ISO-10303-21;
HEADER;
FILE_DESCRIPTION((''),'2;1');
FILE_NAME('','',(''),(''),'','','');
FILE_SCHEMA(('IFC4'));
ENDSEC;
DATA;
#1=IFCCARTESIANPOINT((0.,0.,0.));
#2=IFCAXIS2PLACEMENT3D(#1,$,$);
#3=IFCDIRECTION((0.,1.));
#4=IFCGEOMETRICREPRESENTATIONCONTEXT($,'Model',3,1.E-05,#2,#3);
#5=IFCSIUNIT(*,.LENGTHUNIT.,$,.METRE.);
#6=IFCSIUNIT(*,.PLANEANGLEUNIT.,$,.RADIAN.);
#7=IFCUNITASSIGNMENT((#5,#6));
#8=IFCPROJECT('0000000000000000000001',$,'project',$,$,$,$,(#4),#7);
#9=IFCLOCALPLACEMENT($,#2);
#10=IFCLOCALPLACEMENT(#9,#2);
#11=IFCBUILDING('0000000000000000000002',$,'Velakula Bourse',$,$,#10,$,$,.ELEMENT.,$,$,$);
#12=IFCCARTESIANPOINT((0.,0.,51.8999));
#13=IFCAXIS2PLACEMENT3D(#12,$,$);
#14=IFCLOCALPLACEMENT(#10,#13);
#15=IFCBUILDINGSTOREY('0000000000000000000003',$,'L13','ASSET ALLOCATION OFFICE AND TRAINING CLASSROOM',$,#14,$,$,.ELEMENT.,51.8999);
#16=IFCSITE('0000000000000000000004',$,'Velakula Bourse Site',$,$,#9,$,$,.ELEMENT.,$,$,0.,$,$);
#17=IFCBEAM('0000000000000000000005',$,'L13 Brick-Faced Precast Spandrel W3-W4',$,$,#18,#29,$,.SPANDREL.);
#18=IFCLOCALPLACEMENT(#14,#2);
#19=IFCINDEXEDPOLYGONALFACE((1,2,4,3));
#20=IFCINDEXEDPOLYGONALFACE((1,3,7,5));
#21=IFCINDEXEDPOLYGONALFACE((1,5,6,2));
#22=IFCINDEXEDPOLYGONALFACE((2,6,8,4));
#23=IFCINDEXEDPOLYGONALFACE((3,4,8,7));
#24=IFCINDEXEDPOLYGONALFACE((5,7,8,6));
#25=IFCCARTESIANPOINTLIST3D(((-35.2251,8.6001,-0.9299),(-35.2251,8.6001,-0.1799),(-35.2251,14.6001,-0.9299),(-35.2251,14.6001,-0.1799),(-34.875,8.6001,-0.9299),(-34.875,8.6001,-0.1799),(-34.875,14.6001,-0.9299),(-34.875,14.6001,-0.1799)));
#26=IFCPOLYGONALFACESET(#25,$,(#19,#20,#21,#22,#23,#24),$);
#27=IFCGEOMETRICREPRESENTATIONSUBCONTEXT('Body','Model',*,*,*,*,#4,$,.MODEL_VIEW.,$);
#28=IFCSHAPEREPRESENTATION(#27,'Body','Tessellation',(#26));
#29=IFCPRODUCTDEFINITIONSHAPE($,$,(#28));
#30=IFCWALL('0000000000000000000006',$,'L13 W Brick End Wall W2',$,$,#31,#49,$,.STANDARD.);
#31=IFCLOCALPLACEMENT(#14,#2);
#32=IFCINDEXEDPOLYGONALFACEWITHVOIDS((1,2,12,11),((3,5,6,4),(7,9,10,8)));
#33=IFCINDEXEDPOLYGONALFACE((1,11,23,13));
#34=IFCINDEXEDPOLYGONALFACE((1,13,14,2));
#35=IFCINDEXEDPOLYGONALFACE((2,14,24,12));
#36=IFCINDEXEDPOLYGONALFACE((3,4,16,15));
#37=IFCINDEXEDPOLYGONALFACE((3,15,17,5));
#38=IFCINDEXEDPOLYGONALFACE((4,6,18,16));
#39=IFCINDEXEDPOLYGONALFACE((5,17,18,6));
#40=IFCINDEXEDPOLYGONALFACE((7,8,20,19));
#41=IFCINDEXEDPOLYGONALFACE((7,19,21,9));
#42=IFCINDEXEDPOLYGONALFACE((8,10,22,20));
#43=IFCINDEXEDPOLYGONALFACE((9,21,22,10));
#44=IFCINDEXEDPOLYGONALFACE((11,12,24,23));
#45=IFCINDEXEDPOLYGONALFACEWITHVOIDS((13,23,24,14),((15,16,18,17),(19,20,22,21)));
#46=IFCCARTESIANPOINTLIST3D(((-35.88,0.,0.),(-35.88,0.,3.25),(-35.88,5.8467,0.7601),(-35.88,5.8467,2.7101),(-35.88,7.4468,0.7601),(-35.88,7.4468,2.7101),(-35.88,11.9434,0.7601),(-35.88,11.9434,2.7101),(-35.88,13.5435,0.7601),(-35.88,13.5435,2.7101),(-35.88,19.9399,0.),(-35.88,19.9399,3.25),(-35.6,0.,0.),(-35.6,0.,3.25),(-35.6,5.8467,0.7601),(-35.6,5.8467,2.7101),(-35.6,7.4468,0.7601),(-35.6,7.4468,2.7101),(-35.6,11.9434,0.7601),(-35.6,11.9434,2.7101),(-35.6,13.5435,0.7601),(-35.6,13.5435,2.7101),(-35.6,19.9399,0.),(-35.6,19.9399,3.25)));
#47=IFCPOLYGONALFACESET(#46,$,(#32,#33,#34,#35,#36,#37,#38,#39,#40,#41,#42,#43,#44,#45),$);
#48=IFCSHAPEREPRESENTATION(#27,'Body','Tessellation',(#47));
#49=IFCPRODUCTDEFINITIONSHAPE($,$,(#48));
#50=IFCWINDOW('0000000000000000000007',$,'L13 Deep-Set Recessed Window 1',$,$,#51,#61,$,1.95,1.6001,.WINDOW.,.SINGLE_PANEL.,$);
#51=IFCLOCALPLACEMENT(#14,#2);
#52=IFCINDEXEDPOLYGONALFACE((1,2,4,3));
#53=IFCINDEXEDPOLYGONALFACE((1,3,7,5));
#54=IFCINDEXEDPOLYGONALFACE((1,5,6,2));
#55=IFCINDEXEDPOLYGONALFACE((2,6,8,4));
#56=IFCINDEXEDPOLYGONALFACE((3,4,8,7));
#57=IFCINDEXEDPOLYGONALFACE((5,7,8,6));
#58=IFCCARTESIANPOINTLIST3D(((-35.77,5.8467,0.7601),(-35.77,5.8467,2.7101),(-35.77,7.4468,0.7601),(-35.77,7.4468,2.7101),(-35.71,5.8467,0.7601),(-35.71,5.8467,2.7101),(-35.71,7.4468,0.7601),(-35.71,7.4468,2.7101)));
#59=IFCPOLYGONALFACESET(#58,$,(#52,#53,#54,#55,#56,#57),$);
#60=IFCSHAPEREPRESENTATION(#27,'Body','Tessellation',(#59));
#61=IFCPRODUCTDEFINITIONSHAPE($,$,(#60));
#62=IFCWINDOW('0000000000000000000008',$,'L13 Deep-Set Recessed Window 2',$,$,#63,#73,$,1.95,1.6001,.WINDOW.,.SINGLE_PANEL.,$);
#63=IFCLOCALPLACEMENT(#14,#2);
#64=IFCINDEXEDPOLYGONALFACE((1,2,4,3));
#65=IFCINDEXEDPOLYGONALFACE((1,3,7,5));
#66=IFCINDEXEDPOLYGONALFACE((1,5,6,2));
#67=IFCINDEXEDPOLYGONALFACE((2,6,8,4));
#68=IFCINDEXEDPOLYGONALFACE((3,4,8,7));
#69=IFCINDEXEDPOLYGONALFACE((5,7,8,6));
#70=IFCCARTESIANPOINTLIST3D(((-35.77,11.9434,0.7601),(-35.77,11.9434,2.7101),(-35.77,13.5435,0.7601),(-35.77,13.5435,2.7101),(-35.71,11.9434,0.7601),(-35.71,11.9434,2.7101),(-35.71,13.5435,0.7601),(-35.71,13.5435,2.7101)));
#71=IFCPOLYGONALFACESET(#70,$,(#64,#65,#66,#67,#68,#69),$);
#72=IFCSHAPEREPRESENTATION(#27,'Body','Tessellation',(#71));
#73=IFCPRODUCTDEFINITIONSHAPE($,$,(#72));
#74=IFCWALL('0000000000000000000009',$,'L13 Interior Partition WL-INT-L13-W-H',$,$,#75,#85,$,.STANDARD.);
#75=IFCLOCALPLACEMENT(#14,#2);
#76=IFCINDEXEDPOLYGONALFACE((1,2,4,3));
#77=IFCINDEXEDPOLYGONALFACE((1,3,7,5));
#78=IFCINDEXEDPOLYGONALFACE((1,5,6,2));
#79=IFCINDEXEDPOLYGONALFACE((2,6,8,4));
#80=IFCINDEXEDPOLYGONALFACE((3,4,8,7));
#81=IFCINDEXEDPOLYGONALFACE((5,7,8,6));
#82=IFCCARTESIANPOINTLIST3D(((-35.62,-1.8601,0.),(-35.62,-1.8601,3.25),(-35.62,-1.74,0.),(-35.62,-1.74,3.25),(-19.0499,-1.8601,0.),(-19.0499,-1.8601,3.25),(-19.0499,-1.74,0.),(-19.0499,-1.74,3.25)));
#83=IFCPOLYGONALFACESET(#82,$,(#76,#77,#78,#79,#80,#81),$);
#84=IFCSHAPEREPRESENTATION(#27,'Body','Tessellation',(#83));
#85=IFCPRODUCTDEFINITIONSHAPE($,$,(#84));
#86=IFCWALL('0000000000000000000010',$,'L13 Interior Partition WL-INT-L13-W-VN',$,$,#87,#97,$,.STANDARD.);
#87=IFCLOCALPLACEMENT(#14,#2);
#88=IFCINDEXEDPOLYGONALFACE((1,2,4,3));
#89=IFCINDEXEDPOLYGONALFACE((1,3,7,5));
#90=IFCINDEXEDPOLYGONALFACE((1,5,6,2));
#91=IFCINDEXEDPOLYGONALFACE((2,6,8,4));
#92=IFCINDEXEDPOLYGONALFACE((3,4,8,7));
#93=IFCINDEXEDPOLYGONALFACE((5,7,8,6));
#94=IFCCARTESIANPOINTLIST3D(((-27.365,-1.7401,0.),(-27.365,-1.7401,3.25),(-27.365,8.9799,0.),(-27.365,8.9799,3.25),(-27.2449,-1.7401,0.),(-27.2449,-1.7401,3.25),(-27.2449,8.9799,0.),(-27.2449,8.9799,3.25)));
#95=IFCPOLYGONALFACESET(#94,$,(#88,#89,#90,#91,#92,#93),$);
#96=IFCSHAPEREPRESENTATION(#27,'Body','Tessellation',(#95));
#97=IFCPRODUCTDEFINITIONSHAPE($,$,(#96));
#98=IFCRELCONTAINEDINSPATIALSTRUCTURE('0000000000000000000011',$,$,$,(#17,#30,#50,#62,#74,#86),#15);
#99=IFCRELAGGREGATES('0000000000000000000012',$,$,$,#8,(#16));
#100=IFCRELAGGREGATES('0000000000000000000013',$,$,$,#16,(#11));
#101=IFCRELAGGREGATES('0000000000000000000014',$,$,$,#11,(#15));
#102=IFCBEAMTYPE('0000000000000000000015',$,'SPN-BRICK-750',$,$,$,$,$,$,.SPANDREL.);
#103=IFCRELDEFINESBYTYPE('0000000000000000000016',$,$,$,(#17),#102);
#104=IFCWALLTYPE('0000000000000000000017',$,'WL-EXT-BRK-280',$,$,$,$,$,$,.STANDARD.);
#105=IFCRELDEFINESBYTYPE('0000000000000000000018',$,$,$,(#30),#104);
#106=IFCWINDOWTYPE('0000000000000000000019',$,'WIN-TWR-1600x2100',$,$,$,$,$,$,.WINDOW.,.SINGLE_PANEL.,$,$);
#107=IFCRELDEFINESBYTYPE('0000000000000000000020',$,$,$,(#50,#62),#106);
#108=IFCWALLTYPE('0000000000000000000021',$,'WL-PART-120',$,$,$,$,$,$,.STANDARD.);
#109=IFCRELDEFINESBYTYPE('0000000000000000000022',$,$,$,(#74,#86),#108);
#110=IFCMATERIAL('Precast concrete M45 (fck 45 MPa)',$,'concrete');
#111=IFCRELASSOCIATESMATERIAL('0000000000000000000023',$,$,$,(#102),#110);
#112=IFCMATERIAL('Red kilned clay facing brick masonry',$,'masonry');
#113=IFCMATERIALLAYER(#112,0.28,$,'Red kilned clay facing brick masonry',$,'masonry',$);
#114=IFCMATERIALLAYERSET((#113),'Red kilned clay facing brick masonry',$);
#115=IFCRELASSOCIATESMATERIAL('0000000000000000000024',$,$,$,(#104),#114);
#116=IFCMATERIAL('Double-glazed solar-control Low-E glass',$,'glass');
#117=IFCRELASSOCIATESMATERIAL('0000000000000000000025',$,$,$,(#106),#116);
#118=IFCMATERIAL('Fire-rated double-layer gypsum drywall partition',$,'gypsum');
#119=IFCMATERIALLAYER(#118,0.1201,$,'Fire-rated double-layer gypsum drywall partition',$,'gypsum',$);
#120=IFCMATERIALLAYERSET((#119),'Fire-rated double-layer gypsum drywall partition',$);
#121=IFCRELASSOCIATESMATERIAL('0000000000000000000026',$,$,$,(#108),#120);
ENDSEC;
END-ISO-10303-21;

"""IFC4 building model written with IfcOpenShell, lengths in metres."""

from ifc_helpers import new_model, si_unit, direction, frame, frame_2d, origin, origin_2d, place, context, subcontext, project, spatial, rectangle, extrude, material, layer, layer_set, material_profile, profile_set, type_object, element, fill, save


model = new_model("IFC4")

# Units and contexts
model_context = context("Model", 3, precision=1e-05, world=origin(), true_north=direction((0.0, 1.0)))
body_context = subcontext(model_context, "Body", "Model", "MODEL_VIEW")
ifc_project = project(units=[si_unit("LENGTHUNIT", "METRE"), si_unit("PLANEANGLEUNIT", "RADIAN")], contexts=[model_context])

# Site, building, storey
site_placement = place(None, origin())
site = spatial("IfcSite", under=ifc_project, at=site_placement, Name="Velakula Bourse Site", CompositionType="ELEMENT", RefElevation=0.0)
building_placement = place(site_placement, origin())
building = spatial("IfcBuilding", under=site, at=building_placement, Name="Velakula Bourse", CompositionType="ELEMENT")
storey_placement = place(building_placement, frame((0.0, 0.0, 51.8999)))
storey = spatial("IfcBuildingStorey", under=building, at=storey_placement, Name="L13", Description="ASSET ALLOCATION OFFICE AND TRAINING CLASSROOM", CompositionType="ELEMENT", Elevation=51.8999)

# Beam
ifc_material_1 = material(Name="Precast concrete M45 (fck 45 MPa)", Category="concrete")
ifc_material_profile_1 = material_profile(ifc_material_1, rectangle(XDim=0.3501, YDim=0.75, at=origin_2d()), Name="Precast concrete M45 (fck 45 MPa)")
ifc_profile_set_1 = profile_set([ifc_material_profile_1], Name="Precast concrete M45 (fck 45 MPa)")
beam_type_1 = type_object("IfcBeamType", Name="SPN-BRICK-750", PredefinedType="SPANDREL", material=ifc_profile_set_1)
beam_1_placement = place(storey_placement, frame((-35.05, 8.6001, -0.5549), z_axis=(0.0, 1.0, 0.0), x_axis=(-1.0, 0.0, 0.0)))
element("IfcBeam", 1, at=beam_1_placement, inside=storey, type_object=beam_type_1, Name="L13 Brick-Faced Precast Spandrel W3-W4", PredefinedType="SPANDREL", context=body_context, shape_type="SweptSolid", body=[
    extrude(rectangle(XDim=0.3501, YDim=0.75, at=origin_2d()), origin(), (0.0, 0.0, 1.0), 6.0),
])

# Wall, openings, windows
ifc_material_2 = material(Name="Red kilned clay facing brick masonry", Category="masonry")
ifc_layer_1 = layer(ifc_material_2, 0.28, Name="Red kilned clay facing brick masonry", Category="masonry")
ifc_layer_set_1 = layer_set([ifc_layer_1], Name="Red kilned clay facing brick masonry")
wall_type_1 = type_object("IfcWallType", Name="WL-EXT-BRK-280", PredefinedType="STANDARD", material=ifc_layer_set_1)
wall_1_placement = place(storey_placement, frame((-35.74, 0.0, 0.0), z_axis=(0.0, 0.0, 1.0), x_axis=(0.0, 1.0, 0.0)))
wall_1 = element("IfcWall", 2, at=wall_1_placement, inside=storey, type_object=wall_type_1, Name="L13 W Brick End Wall W2", PredefinedType="STANDARD", context=body_context, shape_type="SweptSolid", body=[
    extrude(rectangle(XDim=19.9399, YDim=0.28, at=frame_2d((9.97, 0.0))), origin(), (0.0, 0.0, 1.0), 3.25),
])
opening_1_placement = place(wall_1_placement, frame((5.8467, 0.0, 0.76)))
opening_1 = element("IfcOpeningElement", 3, at=opening_1_placement, cuts=wall_1, PredefinedType="OPENING", context=body_context, shape_type="SweptSolid", body=[
    extrude(rectangle(XDim=1.6001, YDim=1.95, at=frame_2d((0.8, 0.9751))), frame((0.0, 0.1499, 0.0), z_axis=(0.0, -1.0, 0.0), x_axis=(1.0, 0.0, 0.0)), (0.0, 0.0, 1.0), 0.3),
])
opening_2_placement = place(wall_1_placement, frame((11.9434, 0.0, 0.76)))
opening_2 = element("IfcOpeningElement", 4, at=opening_2_placement, cuts=wall_1, PredefinedType="OPENING", context=body_context, shape_type="SweptSolid", body=[
    extrude(rectangle(XDim=1.6001, YDim=1.95, at=frame_2d((0.8, 0.9751))), frame((0.0, 0.1499, 0.0), z_axis=(0.0, -1.0, 0.0), x_axis=(1.0, 0.0, 0.0)), (0.0, 0.0, 1.0), 0.3),
])
ifc_material_3 = material(Name="Double-glazed solar-control Low-E glass", Category="glass")
window_type = type_object("IfcWindowType", Name="WIN-TWR-1600x2100", PartitioningType="SINGLE_PANEL", PredefinedType="WINDOW", material=ifc_material_3)
window_1_placement = place(opening_1_placement, origin())
window_1 = element("IfcWindow", 5, at=window_1_placement, inside=storey, type_object=window_type, Name="L13 Deep-Set Recessed Window 1", OverallHeight=1.95, OverallWidth=1.6001, PartitioningType="SINGLE_PANEL", PredefinedType="WINDOW", context=body_context, shape_type="SweptSolid", body=[
    extrude(rectangle(XDim=1.6001, YDim=1.95, at=frame_2d((0.8, 0.9751))), frame((0.0, 0.03, 0.0), z_axis=(0.0, -1.0, 0.0), x_axis=(1.0, 0.0, 0.0)), (0.0, 0.0, 1.0), 0.0601),
])
fill(opening_1, window_1)
window_2_placement = place(opening_2_placement, origin())
window_2 = element("IfcWindow", 6, at=window_2_placement, inside=storey, type_object=window_type, Name="L13 Deep-Set Recessed Window 2", OverallHeight=1.95, OverallWidth=1.6001, PartitioningType="SINGLE_PANEL", PredefinedType="WINDOW", context=body_context, shape_type="SweptSolid", body=[
    extrude(rectangle(XDim=1.6001, YDim=1.95, at=frame_2d((0.8, 0.9751))), frame((0.0, 0.03, 0.0), z_axis=(0.0, -1.0, 0.0), x_axis=(1.0, 0.0, 0.0)), (0.0, 0.0, 1.0), 0.0601),
])
fill(opening_2, window_2)

# Walls
ifc_material_4 = material(Name="Fire-rated double-layer gypsum drywall partition", Category="gypsum")
ifc_layer_2 = layer(ifc_material_4, 0.1201, Name="Fire-rated double-layer gypsum drywall partition", Category="gypsum")
ifc_layer_set_2 = layer_set([ifc_layer_2], Name="Fire-rated double-layer gypsum drywall partition")
wall_type_2 = type_object("IfcWallType", Name="WL-PART-120", PredefinedType="STANDARD", material=ifc_layer_set_2)
wall_2_placement = place(storey_placement, frame((-35.6201, -1.8, 0.0), z_axis=(0.0, 0.0, 1.0), x_axis=(1.0, 0.0, 0.0)))
element("IfcWall", 7, at=wall_2_placement, inside=storey, type_object=wall_type_2, Name="L13 Interior Partition WL-INT-L13-W-H", PredefinedType="STANDARD", context=body_context, shape_type="SweptSolid", body=[
    extrude(rectangle(XDim=16.5701, YDim=0.1201, at=frame_2d((8.2852, 0.0))), origin(), (0.0, 0.0, 1.0), 3.25),
])
wall_3_placement = place(storey_placement, frame((-27.3049, -1.74, 0.0), z_axis=(0.0, 0.0, 1.0), x_axis=(0.0, 1.0, 0.0)))
element("IfcWall", 8, at=wall_3_placement, inside=storey, type_object=wall_type_2, Name="L13 Interior Partition WL-INT-L13-W-VN", PredefinedType="STANDARD", context=body_context, shape_type="SweptSolid", body=[
    extrude(rectangle(XDim=10.72, YDim=0.1201, at=frame_2d((5.3599, 0.0))), origin(), (0.0, 0.0, 1.0), 3.25),
])

save(model, "model.ifc")
